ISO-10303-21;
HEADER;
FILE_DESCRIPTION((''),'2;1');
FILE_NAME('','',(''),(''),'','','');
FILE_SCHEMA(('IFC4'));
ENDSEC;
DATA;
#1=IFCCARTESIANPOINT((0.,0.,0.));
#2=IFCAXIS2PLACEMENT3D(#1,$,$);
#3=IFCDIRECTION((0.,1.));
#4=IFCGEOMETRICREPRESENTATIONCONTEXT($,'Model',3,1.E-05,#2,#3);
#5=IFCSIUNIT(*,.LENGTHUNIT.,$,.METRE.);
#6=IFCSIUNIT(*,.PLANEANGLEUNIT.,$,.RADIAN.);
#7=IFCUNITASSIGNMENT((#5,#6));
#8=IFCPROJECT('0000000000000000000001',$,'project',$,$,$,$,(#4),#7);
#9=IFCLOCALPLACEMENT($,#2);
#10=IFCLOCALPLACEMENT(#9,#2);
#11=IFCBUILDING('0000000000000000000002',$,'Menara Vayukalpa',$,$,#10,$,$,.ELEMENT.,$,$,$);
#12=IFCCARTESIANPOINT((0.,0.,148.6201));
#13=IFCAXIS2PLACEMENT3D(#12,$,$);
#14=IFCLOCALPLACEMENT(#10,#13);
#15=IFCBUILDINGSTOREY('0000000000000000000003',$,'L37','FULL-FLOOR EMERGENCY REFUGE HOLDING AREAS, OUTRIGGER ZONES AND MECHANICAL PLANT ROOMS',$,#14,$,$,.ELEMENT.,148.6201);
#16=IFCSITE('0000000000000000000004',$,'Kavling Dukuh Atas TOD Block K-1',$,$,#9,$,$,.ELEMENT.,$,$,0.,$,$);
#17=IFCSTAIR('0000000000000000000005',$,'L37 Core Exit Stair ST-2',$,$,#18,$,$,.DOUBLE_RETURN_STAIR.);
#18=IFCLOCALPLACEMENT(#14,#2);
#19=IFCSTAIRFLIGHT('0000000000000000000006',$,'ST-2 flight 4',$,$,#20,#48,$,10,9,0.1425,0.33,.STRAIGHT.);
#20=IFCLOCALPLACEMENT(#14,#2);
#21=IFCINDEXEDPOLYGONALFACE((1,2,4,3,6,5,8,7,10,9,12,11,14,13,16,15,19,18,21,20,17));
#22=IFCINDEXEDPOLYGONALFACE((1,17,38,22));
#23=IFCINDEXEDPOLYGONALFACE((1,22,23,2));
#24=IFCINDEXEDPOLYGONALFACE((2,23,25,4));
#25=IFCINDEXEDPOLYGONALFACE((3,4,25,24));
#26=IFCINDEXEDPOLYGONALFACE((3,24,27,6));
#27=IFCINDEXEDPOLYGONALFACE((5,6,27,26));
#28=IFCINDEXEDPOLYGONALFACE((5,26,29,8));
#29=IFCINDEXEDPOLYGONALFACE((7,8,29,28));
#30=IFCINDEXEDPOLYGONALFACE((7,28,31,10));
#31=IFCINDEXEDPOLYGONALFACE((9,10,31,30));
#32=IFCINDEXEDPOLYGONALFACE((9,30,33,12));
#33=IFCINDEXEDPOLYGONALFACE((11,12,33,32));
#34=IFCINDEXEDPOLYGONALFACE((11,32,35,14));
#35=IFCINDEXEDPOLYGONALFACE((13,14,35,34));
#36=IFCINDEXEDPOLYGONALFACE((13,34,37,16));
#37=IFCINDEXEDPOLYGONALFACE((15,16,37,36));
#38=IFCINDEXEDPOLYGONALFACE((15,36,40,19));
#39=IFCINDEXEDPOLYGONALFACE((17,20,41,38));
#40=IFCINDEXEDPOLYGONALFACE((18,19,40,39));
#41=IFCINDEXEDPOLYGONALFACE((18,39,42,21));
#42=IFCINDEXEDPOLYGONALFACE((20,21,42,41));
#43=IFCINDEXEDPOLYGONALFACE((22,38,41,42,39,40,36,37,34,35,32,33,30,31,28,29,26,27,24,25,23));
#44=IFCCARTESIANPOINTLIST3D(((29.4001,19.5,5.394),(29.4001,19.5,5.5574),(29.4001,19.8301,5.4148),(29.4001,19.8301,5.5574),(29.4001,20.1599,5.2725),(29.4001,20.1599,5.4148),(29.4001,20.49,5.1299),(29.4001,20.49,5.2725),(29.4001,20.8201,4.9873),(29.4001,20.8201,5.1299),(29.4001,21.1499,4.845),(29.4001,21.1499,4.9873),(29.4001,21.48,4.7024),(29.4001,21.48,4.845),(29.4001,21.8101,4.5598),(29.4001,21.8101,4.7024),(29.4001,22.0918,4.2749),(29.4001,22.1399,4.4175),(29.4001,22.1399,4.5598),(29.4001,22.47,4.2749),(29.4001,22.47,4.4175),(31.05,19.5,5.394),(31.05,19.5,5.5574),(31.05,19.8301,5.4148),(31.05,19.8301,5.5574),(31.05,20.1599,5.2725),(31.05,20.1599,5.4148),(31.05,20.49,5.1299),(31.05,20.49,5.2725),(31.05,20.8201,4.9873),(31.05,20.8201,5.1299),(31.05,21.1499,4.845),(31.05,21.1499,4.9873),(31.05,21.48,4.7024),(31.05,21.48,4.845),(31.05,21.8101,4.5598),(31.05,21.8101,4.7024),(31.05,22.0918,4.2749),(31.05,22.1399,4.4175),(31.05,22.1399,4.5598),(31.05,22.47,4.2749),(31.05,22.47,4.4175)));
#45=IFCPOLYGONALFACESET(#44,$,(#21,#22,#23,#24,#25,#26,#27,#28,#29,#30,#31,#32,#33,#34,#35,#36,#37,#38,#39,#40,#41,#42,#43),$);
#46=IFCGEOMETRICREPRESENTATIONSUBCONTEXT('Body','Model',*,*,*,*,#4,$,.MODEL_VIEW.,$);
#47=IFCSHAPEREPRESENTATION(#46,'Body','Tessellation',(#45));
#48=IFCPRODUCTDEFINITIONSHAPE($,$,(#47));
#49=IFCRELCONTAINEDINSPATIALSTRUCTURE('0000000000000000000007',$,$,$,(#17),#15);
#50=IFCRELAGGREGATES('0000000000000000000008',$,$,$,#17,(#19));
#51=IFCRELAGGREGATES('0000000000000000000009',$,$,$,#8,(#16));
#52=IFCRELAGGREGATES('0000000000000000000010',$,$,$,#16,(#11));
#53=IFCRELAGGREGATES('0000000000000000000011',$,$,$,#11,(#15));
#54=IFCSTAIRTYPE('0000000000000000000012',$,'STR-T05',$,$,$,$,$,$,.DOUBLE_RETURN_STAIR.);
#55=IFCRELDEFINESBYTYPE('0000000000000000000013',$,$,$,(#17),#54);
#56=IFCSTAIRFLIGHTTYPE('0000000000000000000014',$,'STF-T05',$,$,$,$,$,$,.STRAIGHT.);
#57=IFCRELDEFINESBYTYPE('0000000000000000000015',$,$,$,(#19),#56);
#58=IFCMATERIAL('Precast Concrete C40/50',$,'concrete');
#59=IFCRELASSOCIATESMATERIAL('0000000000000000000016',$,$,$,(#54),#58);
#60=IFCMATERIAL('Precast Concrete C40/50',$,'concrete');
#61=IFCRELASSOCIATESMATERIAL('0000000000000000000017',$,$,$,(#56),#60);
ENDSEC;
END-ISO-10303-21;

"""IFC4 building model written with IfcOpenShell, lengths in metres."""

from ifc_helpers import new_model, si_unit, direction, frame, origin, place, context, subcontext, project, spatial, polyline, outline, extrude, material, type_object, element, aggregate, save


model = new_model("IFC4")

# Units and contexts
model_context = context("Model", 3, precision=1e-05, world=origin(), true_north=direction((0.0, 1.0)))
body_context = subcontext(model_context, "Body", "Model", "MODEL_VIEW")
ifc_project = project(units=[si_unit("LENGTHUNIT", "METRE"), si_unit("PLANEANGLEUNIT", "RADIAN")], contexts=[model_context])

# Site, building, storey
site_placement = place(None, origin())
site = spatial("IfcSite", under=ifc_project, at=site_placement, Name="Kavling Dukuh Atas TOD Block K-1", CompositionType="ELEMENT", RefElevation=0.0)
building_placement = place(site_placement, origin())
building = spatial("IfcBuilding", under=site, at=building_placement, Name="Menara Vayukalpa", CompositionType="ELEMENT")
storey_placement = place(building_placement, frame((0.0, 0.0, 148.6201)))
storey = spatial("IfcBuildingStorey", under=building, at=storey_placement, Name="L37", Description="FULL-FLOOR EMERGENCY REFUGE HOLDING AREAS, OUTRIGGER ZONES AND MECHANICAL PLANT ROOMS", CompositionType="ELEMENT", Elevation=148.6201)

# Stair, stair flight
ifc_material_1 = material(Name="Precast Concrete C40/50", Category="concrete")
stair_type = type_object("IfcStairType", Name="STR-T05", PredefinedType="DOUBLE_RETURN_STAIR", material=ifc_material_1)
stair_placement = place(storey_placement, origin())
stair = element("IfcStair", 1, at=stair_placement, inside=storey, type_object=stair_type, Name="L37 Core Exit Stair ST-2", PredefinedType="DOUBLE_RETURN_STAIR")
ifc_material_2 = material(Name="Precast Concrete C40/50", Category="concrete")
stair_flight_type = type_object("IfcStairFlightType", Name="STF-T05", PredefinedType="STRAIGHT", material=ifc_material_2)
stair_flight_1_placement = place(storey_placement, frame((30.2251, 22.47, 4.2749), z_axis=(0.0, 0.0, 1.0), x_axis=(0.0, -1.0, 0.0)))
stair_flight_1 = element("IfcStairFlight", 2, at=stair_flight_1_placement, type_object=stair_flight_type, Name="ST-2 flight 4", NumberOfRisers=10, NumberOfTreads=9, PredefinedType="STRAIGHT", RiserHeight=0.1425, TreadLength=0.33, context=body_context, shape_type="SweptSolid", body=[
    extrude(outline(polyline([(0.0, 0.0), (0.0, 0.1426), (0.3301, 0.1426), (0.3301, 0.2849), (0.6599, 0.2849), (0.6599, 0.4275), (0.99, 0.4275), (0.99, 0.5701), (1.3201, 0.5701), (1.3201, 0.7124), (1.6499, 0.7124), (1.6499, 0.855), (1.98, 0.855), (1.98, 0.9976), (2.3101, 0.9976), (2.3101, 1.1399), (2.6399, 1.1399), (2.6399, 1.2825), (2.97, 1.2825), (2.97, 1.425), (2.97, 1.1191), (0.3782, 0.0), (0.0, 0.0)])), frame((0.0, 0.825, 0.0), z_axis=(0.0, -1.0, 0.0), x_axis=(1.0, 0.0, 0.0)), (0.0, 0.0, 1.0), 1.6499),
])
aggregate(stair, [stair_flight_1])

save(model, "model.ifc")
